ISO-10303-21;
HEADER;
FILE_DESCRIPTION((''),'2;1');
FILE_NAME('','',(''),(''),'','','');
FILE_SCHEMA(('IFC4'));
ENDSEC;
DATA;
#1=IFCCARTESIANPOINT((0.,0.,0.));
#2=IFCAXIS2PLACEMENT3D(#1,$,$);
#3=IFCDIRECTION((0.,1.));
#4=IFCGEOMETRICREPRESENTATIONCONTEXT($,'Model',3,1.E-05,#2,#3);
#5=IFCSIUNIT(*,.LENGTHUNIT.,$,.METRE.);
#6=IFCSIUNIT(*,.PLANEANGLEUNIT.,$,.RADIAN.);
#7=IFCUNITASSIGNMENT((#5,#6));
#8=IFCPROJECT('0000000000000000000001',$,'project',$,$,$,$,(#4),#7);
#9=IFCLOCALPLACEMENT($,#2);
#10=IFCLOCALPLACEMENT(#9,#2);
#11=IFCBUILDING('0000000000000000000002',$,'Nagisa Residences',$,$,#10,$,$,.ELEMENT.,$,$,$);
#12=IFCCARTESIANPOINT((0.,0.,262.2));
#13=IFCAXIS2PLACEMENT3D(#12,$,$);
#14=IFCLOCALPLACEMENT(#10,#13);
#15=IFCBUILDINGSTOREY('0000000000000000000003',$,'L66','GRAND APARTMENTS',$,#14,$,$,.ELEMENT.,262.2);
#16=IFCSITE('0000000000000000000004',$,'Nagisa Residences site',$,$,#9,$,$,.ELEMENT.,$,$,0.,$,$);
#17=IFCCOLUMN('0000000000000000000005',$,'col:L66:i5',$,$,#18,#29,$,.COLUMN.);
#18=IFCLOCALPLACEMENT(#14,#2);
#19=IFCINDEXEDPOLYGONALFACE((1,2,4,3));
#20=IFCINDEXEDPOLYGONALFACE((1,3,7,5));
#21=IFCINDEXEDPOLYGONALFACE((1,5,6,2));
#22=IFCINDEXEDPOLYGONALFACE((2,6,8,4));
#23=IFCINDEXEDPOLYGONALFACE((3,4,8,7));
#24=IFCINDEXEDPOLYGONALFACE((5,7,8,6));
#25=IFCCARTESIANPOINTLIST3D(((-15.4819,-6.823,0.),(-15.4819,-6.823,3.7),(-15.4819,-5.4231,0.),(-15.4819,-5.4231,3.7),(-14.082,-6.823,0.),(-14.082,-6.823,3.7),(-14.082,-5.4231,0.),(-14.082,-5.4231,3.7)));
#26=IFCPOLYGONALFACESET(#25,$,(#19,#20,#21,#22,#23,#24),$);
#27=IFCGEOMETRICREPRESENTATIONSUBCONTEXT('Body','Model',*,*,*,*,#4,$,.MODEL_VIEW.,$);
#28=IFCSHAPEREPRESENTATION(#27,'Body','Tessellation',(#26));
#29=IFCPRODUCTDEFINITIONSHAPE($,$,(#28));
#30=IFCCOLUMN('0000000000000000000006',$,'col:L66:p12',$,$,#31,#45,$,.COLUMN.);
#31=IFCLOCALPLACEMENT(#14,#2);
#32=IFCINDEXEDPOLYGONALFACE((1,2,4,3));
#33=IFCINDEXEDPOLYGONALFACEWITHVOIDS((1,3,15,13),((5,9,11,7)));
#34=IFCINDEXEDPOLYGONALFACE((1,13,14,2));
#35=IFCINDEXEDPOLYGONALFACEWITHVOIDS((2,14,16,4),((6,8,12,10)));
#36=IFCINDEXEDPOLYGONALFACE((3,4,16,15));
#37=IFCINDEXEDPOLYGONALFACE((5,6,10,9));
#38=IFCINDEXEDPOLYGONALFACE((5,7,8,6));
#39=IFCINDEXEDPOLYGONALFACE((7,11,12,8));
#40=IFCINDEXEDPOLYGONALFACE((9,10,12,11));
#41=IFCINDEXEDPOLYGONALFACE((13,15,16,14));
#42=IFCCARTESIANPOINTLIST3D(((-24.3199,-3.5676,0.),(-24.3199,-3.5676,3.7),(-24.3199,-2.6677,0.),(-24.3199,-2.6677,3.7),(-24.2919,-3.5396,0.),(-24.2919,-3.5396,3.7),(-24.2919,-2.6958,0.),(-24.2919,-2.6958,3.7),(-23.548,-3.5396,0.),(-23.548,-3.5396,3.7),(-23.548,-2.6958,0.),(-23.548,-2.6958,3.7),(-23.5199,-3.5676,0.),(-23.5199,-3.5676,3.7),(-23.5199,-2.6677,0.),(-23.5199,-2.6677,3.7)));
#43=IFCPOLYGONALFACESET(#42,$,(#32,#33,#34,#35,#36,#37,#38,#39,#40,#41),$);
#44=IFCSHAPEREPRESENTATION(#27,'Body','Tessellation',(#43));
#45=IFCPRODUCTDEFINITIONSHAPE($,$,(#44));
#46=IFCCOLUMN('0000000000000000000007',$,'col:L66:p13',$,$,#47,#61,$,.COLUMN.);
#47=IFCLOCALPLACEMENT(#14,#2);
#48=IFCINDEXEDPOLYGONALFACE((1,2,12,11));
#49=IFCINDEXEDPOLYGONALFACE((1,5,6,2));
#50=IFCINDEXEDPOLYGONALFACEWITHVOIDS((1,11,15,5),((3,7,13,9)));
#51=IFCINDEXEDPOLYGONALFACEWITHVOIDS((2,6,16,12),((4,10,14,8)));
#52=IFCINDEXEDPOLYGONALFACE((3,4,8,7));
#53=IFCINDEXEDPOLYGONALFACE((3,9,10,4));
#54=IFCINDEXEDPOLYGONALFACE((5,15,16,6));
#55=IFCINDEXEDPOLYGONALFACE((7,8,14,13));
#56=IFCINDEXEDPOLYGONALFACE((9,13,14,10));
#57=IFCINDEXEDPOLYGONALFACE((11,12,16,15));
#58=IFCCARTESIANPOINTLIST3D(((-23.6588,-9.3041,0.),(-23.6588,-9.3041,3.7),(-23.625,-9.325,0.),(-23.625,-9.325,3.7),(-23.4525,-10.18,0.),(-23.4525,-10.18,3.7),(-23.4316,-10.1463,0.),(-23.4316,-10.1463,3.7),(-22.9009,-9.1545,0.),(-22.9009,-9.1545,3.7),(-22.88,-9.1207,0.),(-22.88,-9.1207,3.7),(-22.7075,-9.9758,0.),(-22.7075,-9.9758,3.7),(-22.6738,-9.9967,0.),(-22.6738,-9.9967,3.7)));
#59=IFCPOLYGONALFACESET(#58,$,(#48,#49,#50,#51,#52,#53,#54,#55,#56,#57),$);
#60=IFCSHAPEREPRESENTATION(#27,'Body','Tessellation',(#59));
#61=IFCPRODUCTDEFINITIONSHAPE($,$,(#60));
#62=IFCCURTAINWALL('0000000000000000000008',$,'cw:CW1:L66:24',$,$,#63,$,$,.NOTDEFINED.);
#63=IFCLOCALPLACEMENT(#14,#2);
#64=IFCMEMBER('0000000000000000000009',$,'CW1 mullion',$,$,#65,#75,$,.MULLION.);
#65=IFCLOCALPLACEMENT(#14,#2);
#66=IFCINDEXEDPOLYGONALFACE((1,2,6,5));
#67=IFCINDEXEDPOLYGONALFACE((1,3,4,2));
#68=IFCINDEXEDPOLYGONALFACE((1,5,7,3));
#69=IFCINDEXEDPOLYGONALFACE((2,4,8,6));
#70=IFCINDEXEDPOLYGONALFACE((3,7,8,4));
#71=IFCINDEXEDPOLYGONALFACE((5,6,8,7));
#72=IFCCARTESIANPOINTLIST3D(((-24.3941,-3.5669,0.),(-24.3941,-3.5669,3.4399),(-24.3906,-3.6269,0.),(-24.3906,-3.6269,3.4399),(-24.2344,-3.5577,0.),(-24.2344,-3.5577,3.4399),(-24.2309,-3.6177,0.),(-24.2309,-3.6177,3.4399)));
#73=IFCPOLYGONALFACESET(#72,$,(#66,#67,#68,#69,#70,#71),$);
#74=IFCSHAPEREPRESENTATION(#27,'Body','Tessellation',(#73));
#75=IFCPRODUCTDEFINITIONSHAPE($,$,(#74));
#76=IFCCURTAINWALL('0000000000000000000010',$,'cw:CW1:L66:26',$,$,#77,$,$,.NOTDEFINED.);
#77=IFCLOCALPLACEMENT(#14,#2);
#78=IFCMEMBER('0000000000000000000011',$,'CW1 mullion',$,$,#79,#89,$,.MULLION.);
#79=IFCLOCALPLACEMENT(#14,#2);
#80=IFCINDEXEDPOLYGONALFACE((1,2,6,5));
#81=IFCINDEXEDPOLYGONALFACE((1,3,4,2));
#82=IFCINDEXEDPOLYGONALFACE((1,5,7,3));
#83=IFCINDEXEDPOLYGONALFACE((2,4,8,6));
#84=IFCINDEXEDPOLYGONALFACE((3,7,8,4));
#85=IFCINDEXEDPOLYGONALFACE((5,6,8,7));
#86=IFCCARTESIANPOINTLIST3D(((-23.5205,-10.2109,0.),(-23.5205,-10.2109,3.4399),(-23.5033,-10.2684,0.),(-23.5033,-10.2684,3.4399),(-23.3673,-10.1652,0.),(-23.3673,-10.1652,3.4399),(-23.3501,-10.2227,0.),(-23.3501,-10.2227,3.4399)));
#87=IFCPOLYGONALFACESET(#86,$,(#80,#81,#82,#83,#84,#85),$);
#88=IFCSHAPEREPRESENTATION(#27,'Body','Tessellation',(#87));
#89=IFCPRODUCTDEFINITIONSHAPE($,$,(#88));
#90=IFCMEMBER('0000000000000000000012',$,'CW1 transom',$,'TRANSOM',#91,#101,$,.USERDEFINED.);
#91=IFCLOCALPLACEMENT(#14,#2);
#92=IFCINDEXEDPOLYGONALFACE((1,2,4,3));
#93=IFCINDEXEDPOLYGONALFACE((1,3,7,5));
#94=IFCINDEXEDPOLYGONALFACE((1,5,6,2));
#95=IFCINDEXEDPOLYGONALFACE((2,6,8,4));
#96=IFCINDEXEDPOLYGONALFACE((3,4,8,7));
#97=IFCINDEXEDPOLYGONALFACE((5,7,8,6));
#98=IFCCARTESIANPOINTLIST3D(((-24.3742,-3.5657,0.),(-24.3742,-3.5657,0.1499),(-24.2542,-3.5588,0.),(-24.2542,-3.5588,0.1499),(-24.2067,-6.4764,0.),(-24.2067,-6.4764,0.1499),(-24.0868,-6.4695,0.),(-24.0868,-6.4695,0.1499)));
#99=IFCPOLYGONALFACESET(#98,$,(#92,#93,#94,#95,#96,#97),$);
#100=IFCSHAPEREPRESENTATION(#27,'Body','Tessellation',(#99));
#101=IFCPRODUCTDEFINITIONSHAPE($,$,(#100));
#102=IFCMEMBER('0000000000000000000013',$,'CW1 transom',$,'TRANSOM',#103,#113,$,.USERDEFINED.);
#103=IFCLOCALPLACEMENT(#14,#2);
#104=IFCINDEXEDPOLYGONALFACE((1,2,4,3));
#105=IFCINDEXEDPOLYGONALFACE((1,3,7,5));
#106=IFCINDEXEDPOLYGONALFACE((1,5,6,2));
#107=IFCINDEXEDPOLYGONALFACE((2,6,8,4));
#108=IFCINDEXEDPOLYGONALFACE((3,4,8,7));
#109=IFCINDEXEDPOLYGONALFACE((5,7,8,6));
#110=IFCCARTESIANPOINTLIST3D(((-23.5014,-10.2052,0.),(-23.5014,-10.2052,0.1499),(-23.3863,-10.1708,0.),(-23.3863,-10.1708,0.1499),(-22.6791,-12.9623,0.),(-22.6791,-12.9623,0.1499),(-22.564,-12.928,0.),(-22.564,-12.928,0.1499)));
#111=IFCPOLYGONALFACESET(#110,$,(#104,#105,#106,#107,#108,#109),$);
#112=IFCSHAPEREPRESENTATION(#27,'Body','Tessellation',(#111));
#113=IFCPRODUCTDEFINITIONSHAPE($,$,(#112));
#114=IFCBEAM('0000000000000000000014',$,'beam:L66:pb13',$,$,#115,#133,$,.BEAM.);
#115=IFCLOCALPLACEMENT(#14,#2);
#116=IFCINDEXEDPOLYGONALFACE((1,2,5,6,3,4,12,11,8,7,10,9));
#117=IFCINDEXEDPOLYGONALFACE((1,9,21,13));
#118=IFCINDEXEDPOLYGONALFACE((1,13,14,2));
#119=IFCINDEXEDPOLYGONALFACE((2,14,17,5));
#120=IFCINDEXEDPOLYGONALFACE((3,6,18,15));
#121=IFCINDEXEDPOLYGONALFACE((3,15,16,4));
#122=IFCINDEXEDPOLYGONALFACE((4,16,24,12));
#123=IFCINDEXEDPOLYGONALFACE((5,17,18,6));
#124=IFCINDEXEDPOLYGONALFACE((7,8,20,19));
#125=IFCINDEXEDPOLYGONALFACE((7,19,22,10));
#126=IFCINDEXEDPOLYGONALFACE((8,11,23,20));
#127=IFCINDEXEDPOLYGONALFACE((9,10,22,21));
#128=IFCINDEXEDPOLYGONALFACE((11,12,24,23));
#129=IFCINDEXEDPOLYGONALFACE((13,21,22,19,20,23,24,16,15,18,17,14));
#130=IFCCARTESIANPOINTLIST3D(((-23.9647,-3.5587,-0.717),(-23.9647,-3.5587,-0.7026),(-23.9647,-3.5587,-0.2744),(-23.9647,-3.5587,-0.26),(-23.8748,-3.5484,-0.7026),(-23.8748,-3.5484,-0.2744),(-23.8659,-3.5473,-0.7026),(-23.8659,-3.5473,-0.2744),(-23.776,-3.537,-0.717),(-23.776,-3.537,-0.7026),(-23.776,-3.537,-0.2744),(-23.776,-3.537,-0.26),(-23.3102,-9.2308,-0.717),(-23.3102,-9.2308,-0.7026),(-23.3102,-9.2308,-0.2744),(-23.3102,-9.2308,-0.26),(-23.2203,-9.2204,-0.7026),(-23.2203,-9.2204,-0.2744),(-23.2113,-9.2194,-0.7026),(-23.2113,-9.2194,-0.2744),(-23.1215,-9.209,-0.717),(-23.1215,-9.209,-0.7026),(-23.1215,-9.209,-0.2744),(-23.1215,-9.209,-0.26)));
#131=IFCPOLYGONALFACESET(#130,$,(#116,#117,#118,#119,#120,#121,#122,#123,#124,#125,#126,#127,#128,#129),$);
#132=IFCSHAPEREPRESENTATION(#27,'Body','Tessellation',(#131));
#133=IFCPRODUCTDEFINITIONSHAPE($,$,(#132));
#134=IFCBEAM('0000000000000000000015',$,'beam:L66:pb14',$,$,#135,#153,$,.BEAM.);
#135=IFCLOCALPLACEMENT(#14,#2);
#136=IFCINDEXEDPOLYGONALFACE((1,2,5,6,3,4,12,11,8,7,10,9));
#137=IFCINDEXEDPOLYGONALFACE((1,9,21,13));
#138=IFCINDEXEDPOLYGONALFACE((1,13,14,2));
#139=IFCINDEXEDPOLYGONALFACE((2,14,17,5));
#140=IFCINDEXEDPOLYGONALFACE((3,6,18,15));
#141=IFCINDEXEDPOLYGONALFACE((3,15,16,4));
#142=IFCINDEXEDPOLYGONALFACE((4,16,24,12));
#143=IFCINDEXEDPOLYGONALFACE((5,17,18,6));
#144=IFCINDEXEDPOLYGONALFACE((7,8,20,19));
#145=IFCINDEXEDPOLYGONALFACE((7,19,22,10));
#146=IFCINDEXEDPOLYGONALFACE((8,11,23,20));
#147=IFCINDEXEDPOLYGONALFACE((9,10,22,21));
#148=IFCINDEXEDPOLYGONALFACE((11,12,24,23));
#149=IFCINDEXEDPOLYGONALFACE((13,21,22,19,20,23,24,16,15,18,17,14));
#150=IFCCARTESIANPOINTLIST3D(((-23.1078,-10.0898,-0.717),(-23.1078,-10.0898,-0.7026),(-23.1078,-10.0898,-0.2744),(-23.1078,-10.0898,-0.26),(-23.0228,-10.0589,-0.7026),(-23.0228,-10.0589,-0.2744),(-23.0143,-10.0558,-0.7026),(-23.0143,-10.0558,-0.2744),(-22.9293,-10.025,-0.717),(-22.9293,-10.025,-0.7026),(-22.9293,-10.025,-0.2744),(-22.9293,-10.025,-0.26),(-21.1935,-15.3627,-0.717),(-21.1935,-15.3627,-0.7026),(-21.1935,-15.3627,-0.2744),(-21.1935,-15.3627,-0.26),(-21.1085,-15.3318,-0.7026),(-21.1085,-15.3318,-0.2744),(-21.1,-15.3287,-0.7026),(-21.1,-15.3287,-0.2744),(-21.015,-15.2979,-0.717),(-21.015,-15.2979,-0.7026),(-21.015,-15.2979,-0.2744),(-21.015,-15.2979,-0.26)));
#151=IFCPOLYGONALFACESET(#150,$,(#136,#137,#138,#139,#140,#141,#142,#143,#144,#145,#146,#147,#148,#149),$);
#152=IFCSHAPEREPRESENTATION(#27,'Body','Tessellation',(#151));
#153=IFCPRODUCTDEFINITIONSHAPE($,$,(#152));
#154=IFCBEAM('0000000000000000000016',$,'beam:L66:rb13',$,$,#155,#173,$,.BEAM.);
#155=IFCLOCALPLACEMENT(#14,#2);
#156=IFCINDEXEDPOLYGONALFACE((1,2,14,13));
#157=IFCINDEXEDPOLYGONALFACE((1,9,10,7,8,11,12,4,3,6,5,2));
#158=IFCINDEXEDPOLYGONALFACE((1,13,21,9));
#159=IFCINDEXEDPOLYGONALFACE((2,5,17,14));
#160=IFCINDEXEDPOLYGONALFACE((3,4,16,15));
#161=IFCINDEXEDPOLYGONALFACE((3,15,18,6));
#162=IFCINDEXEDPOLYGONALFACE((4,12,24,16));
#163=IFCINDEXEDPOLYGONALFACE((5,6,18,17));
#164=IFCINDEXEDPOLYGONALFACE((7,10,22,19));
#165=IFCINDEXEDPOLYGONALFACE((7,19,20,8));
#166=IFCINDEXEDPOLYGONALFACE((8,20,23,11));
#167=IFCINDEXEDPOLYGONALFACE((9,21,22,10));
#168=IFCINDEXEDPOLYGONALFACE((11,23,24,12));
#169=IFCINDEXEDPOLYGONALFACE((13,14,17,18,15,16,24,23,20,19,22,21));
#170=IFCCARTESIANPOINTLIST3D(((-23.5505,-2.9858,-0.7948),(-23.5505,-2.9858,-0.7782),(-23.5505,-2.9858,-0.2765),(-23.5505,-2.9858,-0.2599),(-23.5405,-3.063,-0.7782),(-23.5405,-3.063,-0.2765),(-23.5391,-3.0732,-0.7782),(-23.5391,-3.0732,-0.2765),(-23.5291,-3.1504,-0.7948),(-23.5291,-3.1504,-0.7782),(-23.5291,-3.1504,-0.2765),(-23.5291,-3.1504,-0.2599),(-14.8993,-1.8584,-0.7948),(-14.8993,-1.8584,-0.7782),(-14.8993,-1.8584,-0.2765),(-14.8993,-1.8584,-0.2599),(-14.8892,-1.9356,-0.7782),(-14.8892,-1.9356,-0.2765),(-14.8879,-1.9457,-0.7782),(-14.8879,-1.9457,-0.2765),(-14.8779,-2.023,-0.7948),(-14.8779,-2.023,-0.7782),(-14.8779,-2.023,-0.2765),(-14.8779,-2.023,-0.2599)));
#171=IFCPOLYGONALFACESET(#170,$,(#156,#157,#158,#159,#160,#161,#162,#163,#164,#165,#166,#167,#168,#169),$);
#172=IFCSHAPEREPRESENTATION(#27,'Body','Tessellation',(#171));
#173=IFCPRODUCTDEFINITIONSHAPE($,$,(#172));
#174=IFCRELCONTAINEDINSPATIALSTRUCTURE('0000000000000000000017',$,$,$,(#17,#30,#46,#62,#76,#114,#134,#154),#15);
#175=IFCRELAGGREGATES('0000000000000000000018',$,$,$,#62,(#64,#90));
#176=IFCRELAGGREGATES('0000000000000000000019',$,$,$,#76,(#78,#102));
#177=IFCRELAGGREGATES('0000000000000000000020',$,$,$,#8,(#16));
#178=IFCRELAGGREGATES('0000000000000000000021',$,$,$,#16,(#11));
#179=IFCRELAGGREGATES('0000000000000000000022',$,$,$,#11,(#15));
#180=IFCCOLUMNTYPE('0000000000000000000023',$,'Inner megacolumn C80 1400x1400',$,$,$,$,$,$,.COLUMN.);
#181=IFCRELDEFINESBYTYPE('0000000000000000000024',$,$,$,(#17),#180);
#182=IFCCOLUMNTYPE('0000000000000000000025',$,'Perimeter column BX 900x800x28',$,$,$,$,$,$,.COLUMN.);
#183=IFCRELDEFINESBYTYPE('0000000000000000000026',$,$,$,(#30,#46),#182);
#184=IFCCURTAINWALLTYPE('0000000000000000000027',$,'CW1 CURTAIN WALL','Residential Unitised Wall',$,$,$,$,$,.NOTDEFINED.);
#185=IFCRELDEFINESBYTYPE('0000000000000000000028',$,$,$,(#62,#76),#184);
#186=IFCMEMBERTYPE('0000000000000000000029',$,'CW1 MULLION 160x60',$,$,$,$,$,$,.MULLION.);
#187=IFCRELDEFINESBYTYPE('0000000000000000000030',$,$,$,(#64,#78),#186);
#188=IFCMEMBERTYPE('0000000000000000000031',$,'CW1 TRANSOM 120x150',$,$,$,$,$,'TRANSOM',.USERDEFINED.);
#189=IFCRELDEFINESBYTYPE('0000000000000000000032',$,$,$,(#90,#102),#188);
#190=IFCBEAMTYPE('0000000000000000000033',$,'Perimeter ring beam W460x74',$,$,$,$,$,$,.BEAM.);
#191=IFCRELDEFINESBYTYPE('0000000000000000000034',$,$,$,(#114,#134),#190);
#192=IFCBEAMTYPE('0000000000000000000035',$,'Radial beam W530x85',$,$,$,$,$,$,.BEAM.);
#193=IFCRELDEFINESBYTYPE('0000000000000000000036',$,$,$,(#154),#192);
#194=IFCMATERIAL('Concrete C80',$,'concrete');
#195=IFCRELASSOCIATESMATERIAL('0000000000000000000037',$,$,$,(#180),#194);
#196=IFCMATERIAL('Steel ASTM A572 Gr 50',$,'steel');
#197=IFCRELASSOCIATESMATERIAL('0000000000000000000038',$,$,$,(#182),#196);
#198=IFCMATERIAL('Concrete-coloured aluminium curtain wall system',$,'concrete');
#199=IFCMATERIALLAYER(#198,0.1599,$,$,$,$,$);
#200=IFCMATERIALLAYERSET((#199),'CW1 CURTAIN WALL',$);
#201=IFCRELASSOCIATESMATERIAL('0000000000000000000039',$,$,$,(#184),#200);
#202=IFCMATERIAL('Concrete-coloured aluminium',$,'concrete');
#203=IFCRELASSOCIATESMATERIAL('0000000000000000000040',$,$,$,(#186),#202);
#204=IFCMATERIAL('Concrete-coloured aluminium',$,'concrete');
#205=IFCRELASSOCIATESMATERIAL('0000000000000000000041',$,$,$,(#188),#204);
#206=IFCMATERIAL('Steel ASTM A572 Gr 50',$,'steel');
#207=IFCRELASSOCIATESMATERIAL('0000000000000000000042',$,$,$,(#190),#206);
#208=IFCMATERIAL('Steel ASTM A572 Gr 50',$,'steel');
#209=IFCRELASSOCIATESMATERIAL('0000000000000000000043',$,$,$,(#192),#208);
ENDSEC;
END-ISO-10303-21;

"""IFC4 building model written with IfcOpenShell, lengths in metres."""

from ifc_helpers import new_model, si_unit, direction, frame, origin, origin_2d, place, context, subcontext, project, spatial, rectangle, hollow_rectangle, i_section, extrude, material, layer, layer_set, material_profile, profile_set, type_object, element, aggregate, save


model = new_model("IFC4")

# Units and contexts
model_context = context("Model", 3, precision=1e-05, world=origin(), true_north=direction((0.0, 1.0)))
body_context = subcontext(model_context, "Body", "Model", "MODEL_VIEW")
ifc_project = project(units=[si_unit("LENGTHUNIT", "METRE"), si_unit("PLANEANGLEUNIT", "RADIAN")], contexts=[model_context])

# Site, building, storey
site_placement = place(None, origin())
site = spatial("IfcSite", under=ifc_project, at=site_placement, Name="Nagisa Residences site", CompositionType="ELEMENT", RefElevation=0.0)
building_placement = place(site_placement, origin())
building = spatial("IfcBuilding", under=site, at=building_placement, Name="Nagisa Residences", CompositionType="ELEMENT")
storey_placement = place(building_placement, frame((0.0, 0.0, 262.2)))
storey = spatial("IfcBuildingStorey", under=building, at=storey_placement, Name="L66", Description="GRAND APARTMENTS", CompositionType="ELEMENT", Elevation=262.2)

# Columns
ifc_material_1 = material(Name="Concrete C80", Category="concrete")
ifc_material_profile_1 = material_profile(ifc_material_1, rectangle(XDim=1.3999, YDim=1.3999, at=origin_2d()), Name="C80 1400x1400")
ifc_profile_set_1 = profile_set([ifc_material_profile_1], Name="Concrete C80")
column_type_1 = type_object("IfcColumnType", Name="Inner megacolumn C80 1400x1400", PredefinedType="COLUMN", material=ifc_profile_set_1)
column_placement = place(storey_placement, frame((-14.782, -6.123, 0.0), z_axis=(0.0, 0.0, 1.0), x_axis=(1.0, 0.0, 0.0)))
element("IfcColumn", 1, at=column_placement, inside=storey, type_object=column_type_1, Name="col:L66:i5", PredefinedType="COLUMN", context=body_context, shape_type="SweptSolid", body=[
    extrude(rectangle(XDim=1.3999, YDim=1.3999, at=origin_2d()), origin(), (0.0, 0.0, 1.0), 3.7),
])
ifc_material_2 = material(Name="Steel ASTM A572 Gr 50", Category="steel")
ifc_material_profile_2 = material_profile(ifc_material_2, hollow_rectangle(XDim=0.8999, YDim=0.8, WallThickness=0.0281, at=origin_2d()), Name="BX 900x800x28")
ifc_profile_set_2 = profile_set([ifc_material_profile_2], Name="Steel ASTM A572 Gr 50")
column_type_2 = type_object("IfcColumnType", Name="Perimeter column BX 900x800x28", PredefinedType="COLUMN", material=ifc_profile_set_2)
for number, where, z_axis, x_axis, name in (
    (2, (-23.9199, -3.1177, 0.0), (0.0, 0.0, 1.0), (0.0, -1.0, 0.0), "col:L66:p12"),
    (3, (-23.1663, -9.6504, 0.0), (0.0, 0.0, 1.0), (0.229202, -0.973379, 0.0), "col:L66:p13"),
):
    element("IfcColumn", number, at=place(storey_placement, frame(where, z_axis=z_axis, x_axis=x_axis)), inside=storey, type_object=column_type_2, Name=name, PredefinedType="COLUMN", context=body_context, shape_type="SweptSolid", body=[
        extrude(hollow_rectangle(XDim=0.8999, YDim=0.8, WallThickness=0.0281, at=origin_2d()), origin(), (0.0, 0.0, 1.0), 3.7),
    ])

# Curtain walls, members
ifc_material_3 = material(Name="Concrete-coloured aluminium curtain wall system", Category="concrete")
ifc_layer_1 = layer(ifc_material_3, 0.1599)
ifc_layer_set_1 = layer_set([ifc_layer_1], Name="CW1 CURTAIN WALL")
curtain_wall_type = type_object("IfcCurtainWallType", Name="CW1 CURTAIN WALL", Description="Residential Unitised Wall", PredefinedType="NOTDEFINED", material=ifc_layer_set_1)
curtain_wall_1_placement = place(storey_placement, origin())
curtain_wall_1 = element("IfcCurtainWall", 4, at=curtain_wall_1_placement, inside=storey, type_object=curtain_wall_type, Name="cw:CW1:L66:24", PredefinedType="NOTDEFINED")
ifc_material_4 = material(Name="Concrete-coloured aluminium", Category="concrete")
ifc_material_profile_3 = material_profile(ifc_material_4, rectangle(XDim=0.1599, YDim=0.0601, at=origin_2d()), Name="CW1 MULLION 160x60")
ifc_profile_set_3 = profile_set([ifc_material_profile_3], Name="Concrete-coloured aluminium")
member_type_1 = type_object("IfcMemberType", Name="CW1 MULLION 160x60", PredefinedType="MULLION", material=ifc_profile_set_3)
member_1_placement = place(storey_placement, frame((-24.3125, -3.5923, 0.0), z_axis=(0.0, 0.0, 1.0), x_axis=(0.998345, 0.057503, 0.0)))
member_1 = element("IfcMember", 5, at=member_1_placement, type_object=member_type_1, Name="CW1 mullion", PredefinedType="MULLION", context=body_context, shape_type="SweptSolid", body=[
    extrude(rectangle(XDim=0.1599, YDim=0.0601, at=origin_2d()), origin(), (0.0, 0.0, 1.0), 3.4399),
])
curtain_wall_2_placement = place(storey_placement, origin())
curtain_wall_2 = element("IfcCurtainWall", 6, at=curtain_wall_2_placement, inside=storey, type_object=curtain_wall_type, Name="cw:CW1:L66:26", PredefinedType="NOTDEFINED")
member_2_placement = place(storey_placement, frame((-23.4353, -10.2168, 0.0), z_axis=(0.0, 0.0, 1.0), x_axis=(0.958271, 0.28586, 0.0)))
member_2 = element("IfcMember", 7, at=member_2_placement, type_object=member_type_1, Name="CW1 mullion", PredefinedType="MULLION", context=body_context, shape_type="SweptSolid", body=[
    extrude(rectangle(XDim=0.1599, YDim=0.0601, at=origin_2d()), origin(), (0.0, 0.0, 1.0), 3.4399),
])

# Members
ifc_material_5 = material(Name="Concrete-coloured aluminium", Category="concrete")
ifc_material_profile_4 = material_profile(ifc_material_5, rectangle(XDim=0.1201, YDim=0.1499, at=origin_2d()), Name="CW1 TRANSOM 120x150")
ifc_profile_set_4 = profile_set([ifc_material_profile_4], Name="Concrete-coloured aluminium")
member_type_2 = type_object("IfcMemberType", Name="CW1 TRANSOM 120x150", ElementType="TRANSOM", PredefinedType="USERDEFINED", material=ifc_profile_set_4)
member_3_placement = place(storey_placement, frame((-24.3142, -3.5623, 0.075), z_axis=(0.057446, -0.998349, 0.0), x_axis=(0.998349, 0.057446, 0.0)))
member_3 = element("IfcMember", 8, at=member_3_placement, type_object=member_type_2, Name="CW1 transom", ObjectType="TRANSOM", PredefinedType="USERDEFINED", context=body_context, shape_type="SweptSolid", body=[
    extrude(rectangle(XDim=0.1201, YDim=0.1499, at=origin_2d()), origin(), (0.0, 0.0, 1.0), 2.9155),
])
member_4_placement = place(storey_placement, frame((-23.4438, -10.188, 0.075), z_axis=(0.285798, -0.95829, 0.0), x_axis=(0.95829, 0.285798, 0.0)))
member_4 = element("IfcMember", 9, at=member_4_placement, type_object=member_type_2, Name="CW1 transom", ObjectType="TRANSOM", PredefinedType="USERDEFINED", context=body_context, shape_type="SweptSolid", body=[
    extrude(rectangle(XDim=0.1201, YDim=0.1499, at=origin_2d()), origin(), (0.0, 0.0, 1.0), 2.8772),
])

# Beams
ifc_material_6 = material(Name="Steel ASTM A572 Gr 50", Category="steel")
ifc_material_profile_5 = material_profile(ifc_material_6, i_section(OverallWidth=0.1899, OverallDepth=0.457, WebThickness=0.009, FlangeThickness=0.0144, at=origin_2d()), Name="W460x74")
ifc_profile_set_5 = profile_set([ifc_material_profile_5], Name="Steel ASTM A572 Gr 50")
beam_type_1 = type_object("IfcBeamType", Name="Perimeter ring beam W460x74", PredefinedType="BEAM", material=ifc_profile_set_5)
beam_1_placement = place(storey_placement, frame((-23.8704, -3.5479, -0.4885), z_axis=(0.114635, -0.993408, 0.0), x_axis=(0.993408, 0.114635, 0.0)))
element("IfcBeam", 10, at=beam_1_placement, inside=storey, type_object=beam_type_1, Name="beam:L66:pb13", PredefinedType="BEAM", context=body_context, shape_type="SweptSolid", body=[
    extrude(i_section(OverallWidth=0.1899, OverallDepth=0.457, WebThickness=0.009, FlangeThickness=0.0144, at=origin_2d()), origin(), (0.0, 0.0, 1.0), 5.7097),
])
beam_2_placement = place(storey_placement, frame((-23.0186, -10.0574, -0.4885), z_axis=(0.34125, -0.939972, 0.0), x_axis=(0.939972, 0.34125, 0.0)))
element("IfcBeam", 11, at=beam_2_placement, inside=storey, type_object=beam_type_1, Name="beam:L66:pb14", PredefinedType="BEAM", context=body_context, shape_type="SweptSolid", body=[
    extrude(i_section(OverallWidth=0.1899, OverallDepth=0.457, WebThickness=0.009, FlangeThickness=0.0144, at=origin_2d()), origin(), (0.0, 0.0, 1.0), 5.6096),
])
ifc_material_7 = material(Name="Steel ASTM A572 Gr 50", Category="steel")
ifc_material_profile_6 = material_profile(ifc_material_7, i_section(OverallWidth=0.166, OverallDepth=0.5349, WebThickness=0.0103, FlangeThickness=0.0166, at=origin_2d()), Name="W530x85")
ifc_profile_set_6 = profile_set([ifc_material_profile_6], Name="Steel ASTM A572 Gr 50")
beam_type_2 = type_object("IfcBeamType", Name="Radial beam W530x85", PredefinedType="BEAM", material=ifc_profile_set_6)
beam_3_placement = place(storey_placement, frame((-23.5398, -3.0681, -0.5273), z_axis=(0.991615, 0.12923, 0.0), x_axis=(-0.12923, 0.991615, 0.0)))
element("IfcBeam", 12, at=beam_3_placement, inside=storey, type_object=beam_type_2, Name="beam:L66:rb13", PredefinedType="BEAM", context=body_context, shape_type="SweptSolid", body=[
    extrude(i_section(OverallWidth=0.166, OverallDepth=0.5349, WebThickness=0.0103, FlangeThickness=0.0166, at=origin_2d()), origin(), (0.0, 0.0, 1.0), 8.7244),
])

aggregate(curtain_wall_1, [member_1, member_3])
aggregate(curtain_wall_2, [member_2, member_4])

save(model, "model.ifc")
